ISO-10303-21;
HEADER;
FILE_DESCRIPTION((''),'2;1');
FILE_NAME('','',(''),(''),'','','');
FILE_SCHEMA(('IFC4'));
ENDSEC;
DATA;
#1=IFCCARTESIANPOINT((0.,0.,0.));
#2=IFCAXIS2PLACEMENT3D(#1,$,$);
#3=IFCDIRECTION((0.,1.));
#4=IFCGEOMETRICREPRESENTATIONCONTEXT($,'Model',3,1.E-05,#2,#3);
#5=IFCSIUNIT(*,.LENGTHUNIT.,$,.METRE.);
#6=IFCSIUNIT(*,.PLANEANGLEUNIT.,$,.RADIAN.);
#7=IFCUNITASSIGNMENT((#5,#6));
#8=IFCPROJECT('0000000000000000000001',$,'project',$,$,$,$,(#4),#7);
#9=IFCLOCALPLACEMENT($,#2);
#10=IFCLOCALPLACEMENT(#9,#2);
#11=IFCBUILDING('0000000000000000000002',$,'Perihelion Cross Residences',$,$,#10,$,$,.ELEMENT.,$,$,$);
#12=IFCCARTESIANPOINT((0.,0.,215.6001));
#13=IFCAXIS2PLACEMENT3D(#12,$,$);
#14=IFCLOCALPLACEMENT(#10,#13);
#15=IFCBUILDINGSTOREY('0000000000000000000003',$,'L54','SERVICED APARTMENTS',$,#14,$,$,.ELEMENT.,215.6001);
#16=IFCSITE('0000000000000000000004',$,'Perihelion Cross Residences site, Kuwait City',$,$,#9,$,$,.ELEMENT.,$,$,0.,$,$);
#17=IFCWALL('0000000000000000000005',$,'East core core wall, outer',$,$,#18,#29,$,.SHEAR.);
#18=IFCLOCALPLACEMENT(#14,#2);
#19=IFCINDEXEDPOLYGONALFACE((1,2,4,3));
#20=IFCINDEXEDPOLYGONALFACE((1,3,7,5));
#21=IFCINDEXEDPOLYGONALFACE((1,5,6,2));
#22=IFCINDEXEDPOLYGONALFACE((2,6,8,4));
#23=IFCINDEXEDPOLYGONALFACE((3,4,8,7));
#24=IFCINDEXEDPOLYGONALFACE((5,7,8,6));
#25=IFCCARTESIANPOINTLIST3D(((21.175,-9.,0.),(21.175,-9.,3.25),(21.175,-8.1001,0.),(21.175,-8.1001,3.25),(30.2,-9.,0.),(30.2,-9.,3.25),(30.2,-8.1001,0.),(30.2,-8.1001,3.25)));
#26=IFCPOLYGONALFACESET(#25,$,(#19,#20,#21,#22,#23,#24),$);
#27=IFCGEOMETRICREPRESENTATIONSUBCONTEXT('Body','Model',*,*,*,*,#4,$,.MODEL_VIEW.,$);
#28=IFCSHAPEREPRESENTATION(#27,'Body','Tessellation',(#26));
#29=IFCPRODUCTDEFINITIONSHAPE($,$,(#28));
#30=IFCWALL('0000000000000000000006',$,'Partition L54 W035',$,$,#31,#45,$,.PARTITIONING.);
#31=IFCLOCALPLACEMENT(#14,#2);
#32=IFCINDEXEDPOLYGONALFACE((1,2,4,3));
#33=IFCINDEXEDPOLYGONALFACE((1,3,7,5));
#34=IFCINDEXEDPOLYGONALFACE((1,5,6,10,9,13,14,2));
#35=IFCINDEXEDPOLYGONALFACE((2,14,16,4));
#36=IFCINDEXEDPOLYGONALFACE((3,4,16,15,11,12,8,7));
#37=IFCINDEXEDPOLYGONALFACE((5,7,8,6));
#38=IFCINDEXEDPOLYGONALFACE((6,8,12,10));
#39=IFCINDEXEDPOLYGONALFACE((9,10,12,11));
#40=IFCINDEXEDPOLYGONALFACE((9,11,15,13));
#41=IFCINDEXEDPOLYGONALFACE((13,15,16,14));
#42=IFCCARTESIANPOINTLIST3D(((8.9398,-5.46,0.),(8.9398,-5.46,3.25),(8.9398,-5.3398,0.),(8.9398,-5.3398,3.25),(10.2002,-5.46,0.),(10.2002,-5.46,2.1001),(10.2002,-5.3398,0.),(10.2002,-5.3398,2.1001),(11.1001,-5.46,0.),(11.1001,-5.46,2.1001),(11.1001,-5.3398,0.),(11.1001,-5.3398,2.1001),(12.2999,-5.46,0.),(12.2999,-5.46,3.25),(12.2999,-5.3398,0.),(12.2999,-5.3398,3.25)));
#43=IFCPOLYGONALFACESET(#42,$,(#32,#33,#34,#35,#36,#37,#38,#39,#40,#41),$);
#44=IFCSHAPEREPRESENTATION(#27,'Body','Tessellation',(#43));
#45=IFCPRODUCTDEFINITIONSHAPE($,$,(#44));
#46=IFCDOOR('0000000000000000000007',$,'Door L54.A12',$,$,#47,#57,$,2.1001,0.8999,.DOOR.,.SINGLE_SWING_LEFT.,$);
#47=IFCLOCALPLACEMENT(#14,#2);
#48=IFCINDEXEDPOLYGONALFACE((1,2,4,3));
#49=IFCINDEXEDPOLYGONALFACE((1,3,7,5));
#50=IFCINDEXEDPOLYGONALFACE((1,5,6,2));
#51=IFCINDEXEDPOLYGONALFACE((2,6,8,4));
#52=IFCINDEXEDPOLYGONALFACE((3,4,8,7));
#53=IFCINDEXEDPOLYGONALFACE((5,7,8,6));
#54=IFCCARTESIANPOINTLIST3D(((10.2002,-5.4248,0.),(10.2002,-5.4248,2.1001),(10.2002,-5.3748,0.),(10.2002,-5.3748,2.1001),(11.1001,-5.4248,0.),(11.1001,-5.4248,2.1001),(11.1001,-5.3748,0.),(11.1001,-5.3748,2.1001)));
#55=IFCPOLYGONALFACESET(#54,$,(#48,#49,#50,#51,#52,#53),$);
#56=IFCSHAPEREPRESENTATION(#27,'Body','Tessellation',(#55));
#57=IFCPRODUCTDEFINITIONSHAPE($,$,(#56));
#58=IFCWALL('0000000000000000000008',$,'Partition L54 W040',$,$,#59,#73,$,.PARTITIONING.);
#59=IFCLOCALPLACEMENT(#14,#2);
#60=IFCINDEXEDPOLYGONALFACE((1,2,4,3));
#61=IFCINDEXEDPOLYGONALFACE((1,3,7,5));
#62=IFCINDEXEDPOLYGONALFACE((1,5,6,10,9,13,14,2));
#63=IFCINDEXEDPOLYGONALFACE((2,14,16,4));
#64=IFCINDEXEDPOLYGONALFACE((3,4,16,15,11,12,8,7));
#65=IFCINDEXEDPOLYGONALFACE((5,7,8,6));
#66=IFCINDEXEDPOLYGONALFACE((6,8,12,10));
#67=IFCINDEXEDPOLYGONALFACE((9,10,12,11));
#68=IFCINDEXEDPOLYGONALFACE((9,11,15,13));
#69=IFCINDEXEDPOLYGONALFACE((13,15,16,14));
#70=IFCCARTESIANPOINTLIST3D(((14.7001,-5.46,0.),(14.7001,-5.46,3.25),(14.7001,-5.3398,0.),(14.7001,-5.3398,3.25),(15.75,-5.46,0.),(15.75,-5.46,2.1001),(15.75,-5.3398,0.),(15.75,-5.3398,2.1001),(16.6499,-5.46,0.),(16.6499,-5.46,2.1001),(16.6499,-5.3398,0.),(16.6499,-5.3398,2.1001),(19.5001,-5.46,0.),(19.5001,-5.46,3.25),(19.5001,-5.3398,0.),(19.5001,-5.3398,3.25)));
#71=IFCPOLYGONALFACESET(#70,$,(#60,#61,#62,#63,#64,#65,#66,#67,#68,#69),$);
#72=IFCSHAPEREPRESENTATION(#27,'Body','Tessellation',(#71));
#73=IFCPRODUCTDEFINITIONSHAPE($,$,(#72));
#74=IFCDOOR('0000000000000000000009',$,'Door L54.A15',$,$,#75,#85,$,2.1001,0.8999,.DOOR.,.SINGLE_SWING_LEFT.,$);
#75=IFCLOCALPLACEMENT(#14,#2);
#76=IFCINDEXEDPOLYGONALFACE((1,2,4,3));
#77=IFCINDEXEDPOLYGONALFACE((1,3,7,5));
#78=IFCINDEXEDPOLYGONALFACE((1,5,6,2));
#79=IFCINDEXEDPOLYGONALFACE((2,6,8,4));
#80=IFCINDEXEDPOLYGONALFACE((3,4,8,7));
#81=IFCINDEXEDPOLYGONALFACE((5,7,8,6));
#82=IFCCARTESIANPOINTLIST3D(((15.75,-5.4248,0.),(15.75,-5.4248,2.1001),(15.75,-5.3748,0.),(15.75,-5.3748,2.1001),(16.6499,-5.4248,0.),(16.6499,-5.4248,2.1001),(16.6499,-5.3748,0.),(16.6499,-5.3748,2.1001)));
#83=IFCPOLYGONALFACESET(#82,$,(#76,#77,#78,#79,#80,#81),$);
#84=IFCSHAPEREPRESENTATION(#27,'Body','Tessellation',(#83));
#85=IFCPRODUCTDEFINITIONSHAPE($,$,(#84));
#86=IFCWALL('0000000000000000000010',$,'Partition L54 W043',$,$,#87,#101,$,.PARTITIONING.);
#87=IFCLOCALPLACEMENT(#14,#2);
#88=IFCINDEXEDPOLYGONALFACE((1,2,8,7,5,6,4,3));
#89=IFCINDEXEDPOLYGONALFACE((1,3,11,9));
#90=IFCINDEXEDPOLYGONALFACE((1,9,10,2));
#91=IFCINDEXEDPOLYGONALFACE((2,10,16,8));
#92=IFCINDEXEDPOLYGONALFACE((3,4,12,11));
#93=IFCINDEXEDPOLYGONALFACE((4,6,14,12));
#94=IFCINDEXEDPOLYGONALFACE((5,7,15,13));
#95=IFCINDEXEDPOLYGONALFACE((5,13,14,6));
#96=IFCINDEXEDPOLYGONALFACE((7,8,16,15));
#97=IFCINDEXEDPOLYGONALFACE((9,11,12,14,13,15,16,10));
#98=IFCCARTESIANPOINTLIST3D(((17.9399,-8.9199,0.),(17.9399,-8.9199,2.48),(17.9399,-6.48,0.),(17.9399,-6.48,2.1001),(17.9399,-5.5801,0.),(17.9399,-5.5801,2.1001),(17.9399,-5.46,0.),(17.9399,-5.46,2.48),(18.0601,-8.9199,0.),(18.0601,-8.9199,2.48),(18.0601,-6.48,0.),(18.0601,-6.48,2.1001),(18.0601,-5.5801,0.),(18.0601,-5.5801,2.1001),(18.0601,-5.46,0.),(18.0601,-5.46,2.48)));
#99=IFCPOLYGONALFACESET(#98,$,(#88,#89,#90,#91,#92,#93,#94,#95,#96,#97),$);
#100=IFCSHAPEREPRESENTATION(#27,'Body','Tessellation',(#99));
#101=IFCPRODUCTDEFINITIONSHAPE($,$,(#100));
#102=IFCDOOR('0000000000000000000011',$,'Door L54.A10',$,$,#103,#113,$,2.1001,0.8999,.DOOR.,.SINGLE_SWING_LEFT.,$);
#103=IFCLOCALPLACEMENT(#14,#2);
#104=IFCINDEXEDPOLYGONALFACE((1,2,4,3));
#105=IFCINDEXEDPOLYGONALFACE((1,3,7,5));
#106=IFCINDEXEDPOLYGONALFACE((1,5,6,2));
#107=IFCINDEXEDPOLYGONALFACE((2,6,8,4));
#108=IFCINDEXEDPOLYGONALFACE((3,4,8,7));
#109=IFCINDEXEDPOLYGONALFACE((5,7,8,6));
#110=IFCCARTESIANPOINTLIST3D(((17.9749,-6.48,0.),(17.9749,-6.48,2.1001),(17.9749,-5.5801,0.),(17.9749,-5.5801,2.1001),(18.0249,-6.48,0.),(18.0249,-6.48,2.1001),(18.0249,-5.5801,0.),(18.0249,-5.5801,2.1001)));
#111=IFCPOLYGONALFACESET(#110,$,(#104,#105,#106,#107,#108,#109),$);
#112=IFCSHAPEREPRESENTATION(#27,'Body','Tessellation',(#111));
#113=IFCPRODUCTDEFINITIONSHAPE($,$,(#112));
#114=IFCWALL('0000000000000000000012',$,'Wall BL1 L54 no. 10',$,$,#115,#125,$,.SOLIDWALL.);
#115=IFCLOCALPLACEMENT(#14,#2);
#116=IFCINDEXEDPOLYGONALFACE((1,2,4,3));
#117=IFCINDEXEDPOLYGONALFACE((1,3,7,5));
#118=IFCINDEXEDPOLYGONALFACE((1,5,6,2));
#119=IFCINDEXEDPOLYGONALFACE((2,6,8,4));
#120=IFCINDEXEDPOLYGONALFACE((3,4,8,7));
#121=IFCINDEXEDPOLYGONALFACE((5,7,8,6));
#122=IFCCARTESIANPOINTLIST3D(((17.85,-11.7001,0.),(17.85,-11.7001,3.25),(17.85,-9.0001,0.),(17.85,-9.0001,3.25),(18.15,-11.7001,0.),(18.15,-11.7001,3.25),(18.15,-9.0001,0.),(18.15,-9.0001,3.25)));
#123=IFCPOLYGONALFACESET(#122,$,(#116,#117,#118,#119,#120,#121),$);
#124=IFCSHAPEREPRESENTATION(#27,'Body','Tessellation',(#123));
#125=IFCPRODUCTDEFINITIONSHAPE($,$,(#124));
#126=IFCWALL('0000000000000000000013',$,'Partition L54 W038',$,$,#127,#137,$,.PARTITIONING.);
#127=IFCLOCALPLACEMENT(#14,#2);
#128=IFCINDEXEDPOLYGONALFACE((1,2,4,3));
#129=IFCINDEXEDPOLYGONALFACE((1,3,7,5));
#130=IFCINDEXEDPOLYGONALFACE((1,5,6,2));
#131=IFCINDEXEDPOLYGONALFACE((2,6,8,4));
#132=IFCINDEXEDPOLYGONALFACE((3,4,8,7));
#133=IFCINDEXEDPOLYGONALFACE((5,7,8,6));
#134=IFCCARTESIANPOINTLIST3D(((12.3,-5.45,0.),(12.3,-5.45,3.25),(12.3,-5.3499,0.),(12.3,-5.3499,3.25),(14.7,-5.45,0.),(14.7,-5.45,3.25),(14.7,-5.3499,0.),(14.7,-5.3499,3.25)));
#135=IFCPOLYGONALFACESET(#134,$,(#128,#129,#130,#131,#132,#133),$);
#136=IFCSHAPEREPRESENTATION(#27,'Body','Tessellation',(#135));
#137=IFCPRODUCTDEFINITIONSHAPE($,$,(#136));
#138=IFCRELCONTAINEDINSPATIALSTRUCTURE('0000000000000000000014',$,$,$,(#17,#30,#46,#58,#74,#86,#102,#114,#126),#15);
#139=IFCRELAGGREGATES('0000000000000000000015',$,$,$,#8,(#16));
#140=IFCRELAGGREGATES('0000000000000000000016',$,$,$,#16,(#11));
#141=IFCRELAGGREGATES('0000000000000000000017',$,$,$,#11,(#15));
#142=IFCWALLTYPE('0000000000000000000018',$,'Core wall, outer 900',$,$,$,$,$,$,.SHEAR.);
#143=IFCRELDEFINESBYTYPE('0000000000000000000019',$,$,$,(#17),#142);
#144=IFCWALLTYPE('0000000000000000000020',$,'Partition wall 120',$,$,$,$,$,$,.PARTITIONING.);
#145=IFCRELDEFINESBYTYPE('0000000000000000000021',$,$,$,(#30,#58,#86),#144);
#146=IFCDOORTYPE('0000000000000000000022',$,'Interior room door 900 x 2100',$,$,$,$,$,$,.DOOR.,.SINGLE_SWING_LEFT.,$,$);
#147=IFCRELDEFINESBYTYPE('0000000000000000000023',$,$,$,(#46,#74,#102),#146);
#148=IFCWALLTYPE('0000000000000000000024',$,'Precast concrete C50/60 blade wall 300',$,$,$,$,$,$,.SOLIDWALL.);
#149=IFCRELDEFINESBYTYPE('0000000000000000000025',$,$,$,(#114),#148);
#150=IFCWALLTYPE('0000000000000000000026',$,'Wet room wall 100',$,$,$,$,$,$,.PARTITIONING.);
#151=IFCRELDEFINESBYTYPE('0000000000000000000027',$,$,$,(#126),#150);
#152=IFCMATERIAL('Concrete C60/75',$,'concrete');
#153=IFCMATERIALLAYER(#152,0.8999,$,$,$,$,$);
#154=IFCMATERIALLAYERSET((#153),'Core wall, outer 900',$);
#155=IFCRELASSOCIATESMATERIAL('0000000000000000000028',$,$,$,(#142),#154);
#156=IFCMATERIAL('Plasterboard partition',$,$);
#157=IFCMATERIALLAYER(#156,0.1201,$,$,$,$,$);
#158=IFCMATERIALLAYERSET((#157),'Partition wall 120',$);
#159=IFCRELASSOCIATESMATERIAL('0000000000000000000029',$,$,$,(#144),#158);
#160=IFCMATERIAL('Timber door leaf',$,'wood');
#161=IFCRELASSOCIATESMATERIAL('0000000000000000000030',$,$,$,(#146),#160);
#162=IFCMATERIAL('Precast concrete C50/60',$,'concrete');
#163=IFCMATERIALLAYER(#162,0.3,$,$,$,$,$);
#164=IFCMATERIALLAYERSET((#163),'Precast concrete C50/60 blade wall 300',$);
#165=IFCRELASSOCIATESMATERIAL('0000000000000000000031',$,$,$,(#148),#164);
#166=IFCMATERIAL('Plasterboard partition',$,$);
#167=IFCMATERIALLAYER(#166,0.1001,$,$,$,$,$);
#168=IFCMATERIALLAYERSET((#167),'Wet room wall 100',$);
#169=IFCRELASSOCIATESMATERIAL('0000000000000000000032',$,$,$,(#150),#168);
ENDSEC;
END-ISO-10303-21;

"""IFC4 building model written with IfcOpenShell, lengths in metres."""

from ifc_helpers import new_model, si_unit, direction, frame, frame_2d, origin, place, context, subcontext, project, spatial, rectangle, extrude, material, layer, layer_set, type_object, element, fill, save


model = new_model("IFC4")

# Units and contexts
model_context = context("Model", 3, precision=1e-05, world=origin(), true_north=direction((0.0, 1.0)))
body_context = subcontext(model_context, "Body", "Model", "MODEL_VIEW")
ifc_project = project(units=[si_unit("LENGTHUNIT", "METRE"), si_unit("PLANEANGLEUNIT", "RADIAN")], contexts=[model_context])

# Site, building, storey
site_placement = place(None, origin())
site = spatial("IfcSite", under=ifc_project, at=site_placement, Name="Perihelion Cross Residences site, Kuwait City", CompositionType="ELEMENT", RefElevation=0.0)
building_placement = place(site_placement, origin())
building = spatial("IfcBuilding", under=site, at=building_placement, Name="Perihelion Cross Residences", CompositionType="ELEMENT")
storey_placement = place(building_placement, frame((0.0, 0.0, 215.6001)))
storey = spatial("IfcBuildingStorey", under=building, at=storey_placement, Name="L54", Description="SERVICED APARTMENTS", CompositionType="ELEMENT", Elevation=215.6001)

# Wall
ifc_material_1 = material(Name="Concrete C60/75", Category="concrete")
ifc_layer_1 = layer(ifc_material_1, 0.8999)
ifc_layer_set_1 = layer_set([ifc_layer_1], Name="Core wall, outer 900")
wall_type_1 = type_object("IfcWallType", Name="Core wall, outer 900", PredefinedType="SHEAR", material=ifc_layer_set_1)
wall_1_placement = place(storey_placement, frame((21.175, -8.55, 0.0), z_axis=(0.0, 0.0, 1.0), x_axis=(1.0, 0.0, 0.0)))
element("IfcWall", 1, at=wall_1_placement, inside=storey, type_object=wall_type_1, Name="East core core wall, outer", PredefinedType="SHEAR", context=body_context, shape_type="SweptSolid", body=[
    extrude(rectangle(XDim=9.0249, YDim=0.8999, at=frame_2d((4.5125, 0.0))), origin(), (0.0, 0.0, 1.0), 3.25),
])

# Walls, openings, doors
ifc_material_2 = material(Name="Plasterboard partition")
ifc_layer_2 = layer(ifc_material_2, 0.1201)
ifc_layer_set_2 = layer_set([ifc_layer_2], Name="Partition wall 120")
wall_type_2 = type_object("IfcWallType", Name="Partition wall 120", PredefinedType="PARTITIONING", material=ifc_layer_set_2)
wall_2_placement = place(storey_placement, frame((12.3, -5.3999, 0.0), z_axis=(0.0, 0.0, 1.0), x_axis=(-1.0, 0.0, 0.0)))
wall_2 = element("IfcWall", 2, at=wall_2_placement, inside=storey, type_object=wall_type_2, Name="Partition L54 W035", PredefinedType="PARTITIONING", context=body_context, shape_type="SweptSolid", body=[
    extrude(rectangle(XDim=3.3601, YDim=0.1201, at=frame_2d((1.6802, 0.0))), origin(), (0.0, 0.0, 1.0), 3.25),
])
opening_1_placement = place(wall_2_placement, frame((1.2, 0.0, 0.0)))
opening_1 = element("IfcOpeningElement", 3, at=opening_1_placement, cuts=wall_2, PredefinedType="OPENING", context=body_context, shape_type="SweptSolid", body=[
    extrude(rectangle(XDim=0.8999, YDim=2.1001, at=frame_2d((0.45, 1.05))), frame((0.0, 0.0701, 0.0), z_axis=(0.0, -1.0, 0.0), x_axis=(1.0, 0.0, 0.0)), (0.0, 0.0, 1.0), 0.1401),
])
ifc_material_3 = material(Name="Timber door leaf", Category="wood")
door_type_1 = type_object("IfcDoorType", Name="Interior room door 900 x 2100", OperationType="SINGLE_SWING_LEFT", PredefinedType="DOOR", material=ifc_material_3)
door_1_placement = place(opening_1_placement, origin())
door_1 = element("IfcDoor", 4, at=door_1_placement, inside=storey, type_object=door_type_1, Name="Door L54.A12", OperationType="SINGLE_SWING_LEFT", OverallHeight=2.1001, OverallWidth=0.8999, PredefinedType="DOOR", context=body_context, shape_type="SweptSolid", body=[
    extrude(rectangle(XDim=0.8999, YDim=2.1001, at=frame_2d((0.45, 1.05))), frame((0.0, 0.0249, 0.0), z_axis=(0.0, -1.0, 0.0), x_axis=(1.0, 0.0, 0.0)), (0.0, 0.0, 1.0), 0.05),
])
fill(opening_1, door_1)
wall_3_placement = place(storey_placement, frame((19.5, -5.3999, 0.0), z_axis=(0.0, 0.0, 1.0), x_axis=(-1.0, 0.0, 0.0)))
wall_3 = element("IfcWall", 5, at=wall_3_placement, inside=storey, type_object=wall_type_2, Name="Partition L54 W040", PredefinedType="PARTITIONING", context=body_context, shape_type="SweptSolid", body=[
    extrude(rectangle(XDim=4.8, YDim=0.1201, at=frame_2d((2.3999, 0.0))), origin(), (0.0, 0.0, 1.0), 3.25),
])
opening_2_placement = place(wall_3_placement, frame((2.8501, 0.0, 0.0)))
opening_2 = element("IfcOpeningElement", 6, at=opening_2_placement, cuts=wall_3, PredefinedType="OPENING", context=body_context, shape_type="SweptSolid", body=[
    extrude(rectangle(XDim=0.8999, YDim=2.1001, at=frame_2d((0.45, 1.05))), frame((0.0, 0.0701, 0.0), z_axis=(0.0, -1.0, 0.0), x_axis=(1.0, 0.0, 0.0)), (0.0, 0.0, 1.0), 0.1401),
])
door_2_placement = place(opening_2_placement, origin())
door_2 = element("IfcDoor", 7, at=door_2_placement, inside=storey, type_object=door_type_1, Name="Door L54.A15", OperationType="SINGLE_SWING_LEFT", OverallHeight=2.1001, OverallWidth=0.8999, PredefinedType="DOOR", context=body_context, shape_type="SweptSolid", body=[
    extrude(rectangle(XDim=0.8999, YDim=2.1001, at=frame_2d((0.45, 1.05))), frame((0.0, 0.0249, 0.0), z_axis=(0.0, -1.0, 0.0), x_axis=(1.0, 0.0, 0.0)), (0.0, 0.0, 1.0), 0.05),
])
fill(opening_2, door_2)
wall_4_placement = place(storey_placement, frame((18.0, -5.46, 0.0), z_axis=(0.0, 0.0, 1.0), x_axis=(0.0, -1.0, 0.0)))
wall_4 = element("IfcWall", 8, at=wall_4_placement, inside=storey, type_object=wall_type_2, Name="Partition L54 W043", PredefinedType="PARTITIONING", context=body_context, shape_type="SweptSolid", body=[
    extrude(rectangle(XDim=3.46, YDim=0.1201, at=frame_2d((1.73, 0.0))), origin(), (0.0, 0.0, 1.0), 2.48),
])
opening_3_placement = place(wall_4_placement, frame((0.1201, 0.0, 0.0)))
opening_3 = element("IfcOpeningElement", 9, at=opening_3_placement, cuts=wall_4, PredefinedType="OPENING", context=body_context, shape_type="SweptSolid", body=[
    extrude(rectangle(XDim=0.8999, YDim=2.1001, at=frame_2d((0.45, 1.05))), frame((0.0, 0.0701, 0.0), z_axis=(0.0, -1.0, 0.0), x_axis=(1.0, 0.0, 0.0)), (0.0, 0.0, 1.0), 0.1401),
])
door_3_placement = place(opening_3_placement, origin())
door_3 = element("IfcDoor", 10, at=door_3_placement, inside=storey, type_object=door_type_1, Name="Door L54.A10", OperationType="SINGLE_SWING_LEFT", OverallHeight=2.1001, OverallWidth=0.8999, PredefinedType="DOOR", context=body_context, shape_type="SweptSolid", body=[
    extrude(rectangle(XDim=0.8999, YDim=2.1001, at=frame_2d((0.45, 1.05))), frame((0.0, 0.0249, 0.0), z_axis=(0.0, -1.0, 0.0), x_axis=(1.0, 0.0, 0.0)), (0.0, 0.0, 1.0), 0.05),
])
fill(opening_3, door_3)

# Walls
ifc_material_4 = material(Name="Precast concrete C50/60", Category="concrete")
ifc_layer_3 = layer(ifc_material_4, 0.3)
ifc_layer_set_3 = layer_set([ifc_layer_3], Name="Precast concrete C50/60 blade wall 300")
wall_type_3 = type_object("IfcWallType", Name="Precast concrete C50/60 blade wall 300", PredefinedType="SOLIDWALL", material=ifc_layer_set_3)
wall_5_placement = place(storey_placement, frame((18.0, -9.0, 0.0), z_axis=(0.0, 0.0, 1.0), x_axis=(0.0, -1.0, 0.0)))
element("IfcWall", 11, at=wall_5_placement, inside=storey, type_object=wall_type_3, Name="Wall BL1 L54 no. 10", PredefinedType="SOLIDWALL", context=body_context, shape_type="SweptSolid", body=[
    extrude(rectangle(XDim=2.7, YDim=0.3, at=frame_2d((1.3501, 0.0))), origin(), (0.0, 0.0, 1.0), 3.25),
])
ifc_material_5 = material(Name="Plasterboard partition")
ifc_layer_4 = layer(ifc_material_5, 0.1001)
ifc_layer_set_4 = layer_set([ifc_layer_4], Name="Wet room wall 100")
wall_type_4 = type_object("IfcWallType", Name="Wet room wall 100", PredefinedType="PARTITIONING", material=ifc_layer_set_4)
wall_6_placement = place(storey_placement, frame((14.7, -5.3999, 0.0), z_axis=(0.0, 0.0, 1.0), x_axis=(-1.0, 0.0, 0.0)))
element("IfcWall", 12, at=wall_6_placement, inside=storey, type_object=wall_type_4, Name="Partition L54 W038", PredefinedType="PARTITIONING", context=body_context, shape_type="SweptSolid", body=[
    extrude(rectangle(XDim=2.3999, YDim=0.1001, at=frame_2d((1.2, 0.0))), origin(), (0.0, 0.0, 1.0), 3.25),
])

save(model, "model.ifc")
